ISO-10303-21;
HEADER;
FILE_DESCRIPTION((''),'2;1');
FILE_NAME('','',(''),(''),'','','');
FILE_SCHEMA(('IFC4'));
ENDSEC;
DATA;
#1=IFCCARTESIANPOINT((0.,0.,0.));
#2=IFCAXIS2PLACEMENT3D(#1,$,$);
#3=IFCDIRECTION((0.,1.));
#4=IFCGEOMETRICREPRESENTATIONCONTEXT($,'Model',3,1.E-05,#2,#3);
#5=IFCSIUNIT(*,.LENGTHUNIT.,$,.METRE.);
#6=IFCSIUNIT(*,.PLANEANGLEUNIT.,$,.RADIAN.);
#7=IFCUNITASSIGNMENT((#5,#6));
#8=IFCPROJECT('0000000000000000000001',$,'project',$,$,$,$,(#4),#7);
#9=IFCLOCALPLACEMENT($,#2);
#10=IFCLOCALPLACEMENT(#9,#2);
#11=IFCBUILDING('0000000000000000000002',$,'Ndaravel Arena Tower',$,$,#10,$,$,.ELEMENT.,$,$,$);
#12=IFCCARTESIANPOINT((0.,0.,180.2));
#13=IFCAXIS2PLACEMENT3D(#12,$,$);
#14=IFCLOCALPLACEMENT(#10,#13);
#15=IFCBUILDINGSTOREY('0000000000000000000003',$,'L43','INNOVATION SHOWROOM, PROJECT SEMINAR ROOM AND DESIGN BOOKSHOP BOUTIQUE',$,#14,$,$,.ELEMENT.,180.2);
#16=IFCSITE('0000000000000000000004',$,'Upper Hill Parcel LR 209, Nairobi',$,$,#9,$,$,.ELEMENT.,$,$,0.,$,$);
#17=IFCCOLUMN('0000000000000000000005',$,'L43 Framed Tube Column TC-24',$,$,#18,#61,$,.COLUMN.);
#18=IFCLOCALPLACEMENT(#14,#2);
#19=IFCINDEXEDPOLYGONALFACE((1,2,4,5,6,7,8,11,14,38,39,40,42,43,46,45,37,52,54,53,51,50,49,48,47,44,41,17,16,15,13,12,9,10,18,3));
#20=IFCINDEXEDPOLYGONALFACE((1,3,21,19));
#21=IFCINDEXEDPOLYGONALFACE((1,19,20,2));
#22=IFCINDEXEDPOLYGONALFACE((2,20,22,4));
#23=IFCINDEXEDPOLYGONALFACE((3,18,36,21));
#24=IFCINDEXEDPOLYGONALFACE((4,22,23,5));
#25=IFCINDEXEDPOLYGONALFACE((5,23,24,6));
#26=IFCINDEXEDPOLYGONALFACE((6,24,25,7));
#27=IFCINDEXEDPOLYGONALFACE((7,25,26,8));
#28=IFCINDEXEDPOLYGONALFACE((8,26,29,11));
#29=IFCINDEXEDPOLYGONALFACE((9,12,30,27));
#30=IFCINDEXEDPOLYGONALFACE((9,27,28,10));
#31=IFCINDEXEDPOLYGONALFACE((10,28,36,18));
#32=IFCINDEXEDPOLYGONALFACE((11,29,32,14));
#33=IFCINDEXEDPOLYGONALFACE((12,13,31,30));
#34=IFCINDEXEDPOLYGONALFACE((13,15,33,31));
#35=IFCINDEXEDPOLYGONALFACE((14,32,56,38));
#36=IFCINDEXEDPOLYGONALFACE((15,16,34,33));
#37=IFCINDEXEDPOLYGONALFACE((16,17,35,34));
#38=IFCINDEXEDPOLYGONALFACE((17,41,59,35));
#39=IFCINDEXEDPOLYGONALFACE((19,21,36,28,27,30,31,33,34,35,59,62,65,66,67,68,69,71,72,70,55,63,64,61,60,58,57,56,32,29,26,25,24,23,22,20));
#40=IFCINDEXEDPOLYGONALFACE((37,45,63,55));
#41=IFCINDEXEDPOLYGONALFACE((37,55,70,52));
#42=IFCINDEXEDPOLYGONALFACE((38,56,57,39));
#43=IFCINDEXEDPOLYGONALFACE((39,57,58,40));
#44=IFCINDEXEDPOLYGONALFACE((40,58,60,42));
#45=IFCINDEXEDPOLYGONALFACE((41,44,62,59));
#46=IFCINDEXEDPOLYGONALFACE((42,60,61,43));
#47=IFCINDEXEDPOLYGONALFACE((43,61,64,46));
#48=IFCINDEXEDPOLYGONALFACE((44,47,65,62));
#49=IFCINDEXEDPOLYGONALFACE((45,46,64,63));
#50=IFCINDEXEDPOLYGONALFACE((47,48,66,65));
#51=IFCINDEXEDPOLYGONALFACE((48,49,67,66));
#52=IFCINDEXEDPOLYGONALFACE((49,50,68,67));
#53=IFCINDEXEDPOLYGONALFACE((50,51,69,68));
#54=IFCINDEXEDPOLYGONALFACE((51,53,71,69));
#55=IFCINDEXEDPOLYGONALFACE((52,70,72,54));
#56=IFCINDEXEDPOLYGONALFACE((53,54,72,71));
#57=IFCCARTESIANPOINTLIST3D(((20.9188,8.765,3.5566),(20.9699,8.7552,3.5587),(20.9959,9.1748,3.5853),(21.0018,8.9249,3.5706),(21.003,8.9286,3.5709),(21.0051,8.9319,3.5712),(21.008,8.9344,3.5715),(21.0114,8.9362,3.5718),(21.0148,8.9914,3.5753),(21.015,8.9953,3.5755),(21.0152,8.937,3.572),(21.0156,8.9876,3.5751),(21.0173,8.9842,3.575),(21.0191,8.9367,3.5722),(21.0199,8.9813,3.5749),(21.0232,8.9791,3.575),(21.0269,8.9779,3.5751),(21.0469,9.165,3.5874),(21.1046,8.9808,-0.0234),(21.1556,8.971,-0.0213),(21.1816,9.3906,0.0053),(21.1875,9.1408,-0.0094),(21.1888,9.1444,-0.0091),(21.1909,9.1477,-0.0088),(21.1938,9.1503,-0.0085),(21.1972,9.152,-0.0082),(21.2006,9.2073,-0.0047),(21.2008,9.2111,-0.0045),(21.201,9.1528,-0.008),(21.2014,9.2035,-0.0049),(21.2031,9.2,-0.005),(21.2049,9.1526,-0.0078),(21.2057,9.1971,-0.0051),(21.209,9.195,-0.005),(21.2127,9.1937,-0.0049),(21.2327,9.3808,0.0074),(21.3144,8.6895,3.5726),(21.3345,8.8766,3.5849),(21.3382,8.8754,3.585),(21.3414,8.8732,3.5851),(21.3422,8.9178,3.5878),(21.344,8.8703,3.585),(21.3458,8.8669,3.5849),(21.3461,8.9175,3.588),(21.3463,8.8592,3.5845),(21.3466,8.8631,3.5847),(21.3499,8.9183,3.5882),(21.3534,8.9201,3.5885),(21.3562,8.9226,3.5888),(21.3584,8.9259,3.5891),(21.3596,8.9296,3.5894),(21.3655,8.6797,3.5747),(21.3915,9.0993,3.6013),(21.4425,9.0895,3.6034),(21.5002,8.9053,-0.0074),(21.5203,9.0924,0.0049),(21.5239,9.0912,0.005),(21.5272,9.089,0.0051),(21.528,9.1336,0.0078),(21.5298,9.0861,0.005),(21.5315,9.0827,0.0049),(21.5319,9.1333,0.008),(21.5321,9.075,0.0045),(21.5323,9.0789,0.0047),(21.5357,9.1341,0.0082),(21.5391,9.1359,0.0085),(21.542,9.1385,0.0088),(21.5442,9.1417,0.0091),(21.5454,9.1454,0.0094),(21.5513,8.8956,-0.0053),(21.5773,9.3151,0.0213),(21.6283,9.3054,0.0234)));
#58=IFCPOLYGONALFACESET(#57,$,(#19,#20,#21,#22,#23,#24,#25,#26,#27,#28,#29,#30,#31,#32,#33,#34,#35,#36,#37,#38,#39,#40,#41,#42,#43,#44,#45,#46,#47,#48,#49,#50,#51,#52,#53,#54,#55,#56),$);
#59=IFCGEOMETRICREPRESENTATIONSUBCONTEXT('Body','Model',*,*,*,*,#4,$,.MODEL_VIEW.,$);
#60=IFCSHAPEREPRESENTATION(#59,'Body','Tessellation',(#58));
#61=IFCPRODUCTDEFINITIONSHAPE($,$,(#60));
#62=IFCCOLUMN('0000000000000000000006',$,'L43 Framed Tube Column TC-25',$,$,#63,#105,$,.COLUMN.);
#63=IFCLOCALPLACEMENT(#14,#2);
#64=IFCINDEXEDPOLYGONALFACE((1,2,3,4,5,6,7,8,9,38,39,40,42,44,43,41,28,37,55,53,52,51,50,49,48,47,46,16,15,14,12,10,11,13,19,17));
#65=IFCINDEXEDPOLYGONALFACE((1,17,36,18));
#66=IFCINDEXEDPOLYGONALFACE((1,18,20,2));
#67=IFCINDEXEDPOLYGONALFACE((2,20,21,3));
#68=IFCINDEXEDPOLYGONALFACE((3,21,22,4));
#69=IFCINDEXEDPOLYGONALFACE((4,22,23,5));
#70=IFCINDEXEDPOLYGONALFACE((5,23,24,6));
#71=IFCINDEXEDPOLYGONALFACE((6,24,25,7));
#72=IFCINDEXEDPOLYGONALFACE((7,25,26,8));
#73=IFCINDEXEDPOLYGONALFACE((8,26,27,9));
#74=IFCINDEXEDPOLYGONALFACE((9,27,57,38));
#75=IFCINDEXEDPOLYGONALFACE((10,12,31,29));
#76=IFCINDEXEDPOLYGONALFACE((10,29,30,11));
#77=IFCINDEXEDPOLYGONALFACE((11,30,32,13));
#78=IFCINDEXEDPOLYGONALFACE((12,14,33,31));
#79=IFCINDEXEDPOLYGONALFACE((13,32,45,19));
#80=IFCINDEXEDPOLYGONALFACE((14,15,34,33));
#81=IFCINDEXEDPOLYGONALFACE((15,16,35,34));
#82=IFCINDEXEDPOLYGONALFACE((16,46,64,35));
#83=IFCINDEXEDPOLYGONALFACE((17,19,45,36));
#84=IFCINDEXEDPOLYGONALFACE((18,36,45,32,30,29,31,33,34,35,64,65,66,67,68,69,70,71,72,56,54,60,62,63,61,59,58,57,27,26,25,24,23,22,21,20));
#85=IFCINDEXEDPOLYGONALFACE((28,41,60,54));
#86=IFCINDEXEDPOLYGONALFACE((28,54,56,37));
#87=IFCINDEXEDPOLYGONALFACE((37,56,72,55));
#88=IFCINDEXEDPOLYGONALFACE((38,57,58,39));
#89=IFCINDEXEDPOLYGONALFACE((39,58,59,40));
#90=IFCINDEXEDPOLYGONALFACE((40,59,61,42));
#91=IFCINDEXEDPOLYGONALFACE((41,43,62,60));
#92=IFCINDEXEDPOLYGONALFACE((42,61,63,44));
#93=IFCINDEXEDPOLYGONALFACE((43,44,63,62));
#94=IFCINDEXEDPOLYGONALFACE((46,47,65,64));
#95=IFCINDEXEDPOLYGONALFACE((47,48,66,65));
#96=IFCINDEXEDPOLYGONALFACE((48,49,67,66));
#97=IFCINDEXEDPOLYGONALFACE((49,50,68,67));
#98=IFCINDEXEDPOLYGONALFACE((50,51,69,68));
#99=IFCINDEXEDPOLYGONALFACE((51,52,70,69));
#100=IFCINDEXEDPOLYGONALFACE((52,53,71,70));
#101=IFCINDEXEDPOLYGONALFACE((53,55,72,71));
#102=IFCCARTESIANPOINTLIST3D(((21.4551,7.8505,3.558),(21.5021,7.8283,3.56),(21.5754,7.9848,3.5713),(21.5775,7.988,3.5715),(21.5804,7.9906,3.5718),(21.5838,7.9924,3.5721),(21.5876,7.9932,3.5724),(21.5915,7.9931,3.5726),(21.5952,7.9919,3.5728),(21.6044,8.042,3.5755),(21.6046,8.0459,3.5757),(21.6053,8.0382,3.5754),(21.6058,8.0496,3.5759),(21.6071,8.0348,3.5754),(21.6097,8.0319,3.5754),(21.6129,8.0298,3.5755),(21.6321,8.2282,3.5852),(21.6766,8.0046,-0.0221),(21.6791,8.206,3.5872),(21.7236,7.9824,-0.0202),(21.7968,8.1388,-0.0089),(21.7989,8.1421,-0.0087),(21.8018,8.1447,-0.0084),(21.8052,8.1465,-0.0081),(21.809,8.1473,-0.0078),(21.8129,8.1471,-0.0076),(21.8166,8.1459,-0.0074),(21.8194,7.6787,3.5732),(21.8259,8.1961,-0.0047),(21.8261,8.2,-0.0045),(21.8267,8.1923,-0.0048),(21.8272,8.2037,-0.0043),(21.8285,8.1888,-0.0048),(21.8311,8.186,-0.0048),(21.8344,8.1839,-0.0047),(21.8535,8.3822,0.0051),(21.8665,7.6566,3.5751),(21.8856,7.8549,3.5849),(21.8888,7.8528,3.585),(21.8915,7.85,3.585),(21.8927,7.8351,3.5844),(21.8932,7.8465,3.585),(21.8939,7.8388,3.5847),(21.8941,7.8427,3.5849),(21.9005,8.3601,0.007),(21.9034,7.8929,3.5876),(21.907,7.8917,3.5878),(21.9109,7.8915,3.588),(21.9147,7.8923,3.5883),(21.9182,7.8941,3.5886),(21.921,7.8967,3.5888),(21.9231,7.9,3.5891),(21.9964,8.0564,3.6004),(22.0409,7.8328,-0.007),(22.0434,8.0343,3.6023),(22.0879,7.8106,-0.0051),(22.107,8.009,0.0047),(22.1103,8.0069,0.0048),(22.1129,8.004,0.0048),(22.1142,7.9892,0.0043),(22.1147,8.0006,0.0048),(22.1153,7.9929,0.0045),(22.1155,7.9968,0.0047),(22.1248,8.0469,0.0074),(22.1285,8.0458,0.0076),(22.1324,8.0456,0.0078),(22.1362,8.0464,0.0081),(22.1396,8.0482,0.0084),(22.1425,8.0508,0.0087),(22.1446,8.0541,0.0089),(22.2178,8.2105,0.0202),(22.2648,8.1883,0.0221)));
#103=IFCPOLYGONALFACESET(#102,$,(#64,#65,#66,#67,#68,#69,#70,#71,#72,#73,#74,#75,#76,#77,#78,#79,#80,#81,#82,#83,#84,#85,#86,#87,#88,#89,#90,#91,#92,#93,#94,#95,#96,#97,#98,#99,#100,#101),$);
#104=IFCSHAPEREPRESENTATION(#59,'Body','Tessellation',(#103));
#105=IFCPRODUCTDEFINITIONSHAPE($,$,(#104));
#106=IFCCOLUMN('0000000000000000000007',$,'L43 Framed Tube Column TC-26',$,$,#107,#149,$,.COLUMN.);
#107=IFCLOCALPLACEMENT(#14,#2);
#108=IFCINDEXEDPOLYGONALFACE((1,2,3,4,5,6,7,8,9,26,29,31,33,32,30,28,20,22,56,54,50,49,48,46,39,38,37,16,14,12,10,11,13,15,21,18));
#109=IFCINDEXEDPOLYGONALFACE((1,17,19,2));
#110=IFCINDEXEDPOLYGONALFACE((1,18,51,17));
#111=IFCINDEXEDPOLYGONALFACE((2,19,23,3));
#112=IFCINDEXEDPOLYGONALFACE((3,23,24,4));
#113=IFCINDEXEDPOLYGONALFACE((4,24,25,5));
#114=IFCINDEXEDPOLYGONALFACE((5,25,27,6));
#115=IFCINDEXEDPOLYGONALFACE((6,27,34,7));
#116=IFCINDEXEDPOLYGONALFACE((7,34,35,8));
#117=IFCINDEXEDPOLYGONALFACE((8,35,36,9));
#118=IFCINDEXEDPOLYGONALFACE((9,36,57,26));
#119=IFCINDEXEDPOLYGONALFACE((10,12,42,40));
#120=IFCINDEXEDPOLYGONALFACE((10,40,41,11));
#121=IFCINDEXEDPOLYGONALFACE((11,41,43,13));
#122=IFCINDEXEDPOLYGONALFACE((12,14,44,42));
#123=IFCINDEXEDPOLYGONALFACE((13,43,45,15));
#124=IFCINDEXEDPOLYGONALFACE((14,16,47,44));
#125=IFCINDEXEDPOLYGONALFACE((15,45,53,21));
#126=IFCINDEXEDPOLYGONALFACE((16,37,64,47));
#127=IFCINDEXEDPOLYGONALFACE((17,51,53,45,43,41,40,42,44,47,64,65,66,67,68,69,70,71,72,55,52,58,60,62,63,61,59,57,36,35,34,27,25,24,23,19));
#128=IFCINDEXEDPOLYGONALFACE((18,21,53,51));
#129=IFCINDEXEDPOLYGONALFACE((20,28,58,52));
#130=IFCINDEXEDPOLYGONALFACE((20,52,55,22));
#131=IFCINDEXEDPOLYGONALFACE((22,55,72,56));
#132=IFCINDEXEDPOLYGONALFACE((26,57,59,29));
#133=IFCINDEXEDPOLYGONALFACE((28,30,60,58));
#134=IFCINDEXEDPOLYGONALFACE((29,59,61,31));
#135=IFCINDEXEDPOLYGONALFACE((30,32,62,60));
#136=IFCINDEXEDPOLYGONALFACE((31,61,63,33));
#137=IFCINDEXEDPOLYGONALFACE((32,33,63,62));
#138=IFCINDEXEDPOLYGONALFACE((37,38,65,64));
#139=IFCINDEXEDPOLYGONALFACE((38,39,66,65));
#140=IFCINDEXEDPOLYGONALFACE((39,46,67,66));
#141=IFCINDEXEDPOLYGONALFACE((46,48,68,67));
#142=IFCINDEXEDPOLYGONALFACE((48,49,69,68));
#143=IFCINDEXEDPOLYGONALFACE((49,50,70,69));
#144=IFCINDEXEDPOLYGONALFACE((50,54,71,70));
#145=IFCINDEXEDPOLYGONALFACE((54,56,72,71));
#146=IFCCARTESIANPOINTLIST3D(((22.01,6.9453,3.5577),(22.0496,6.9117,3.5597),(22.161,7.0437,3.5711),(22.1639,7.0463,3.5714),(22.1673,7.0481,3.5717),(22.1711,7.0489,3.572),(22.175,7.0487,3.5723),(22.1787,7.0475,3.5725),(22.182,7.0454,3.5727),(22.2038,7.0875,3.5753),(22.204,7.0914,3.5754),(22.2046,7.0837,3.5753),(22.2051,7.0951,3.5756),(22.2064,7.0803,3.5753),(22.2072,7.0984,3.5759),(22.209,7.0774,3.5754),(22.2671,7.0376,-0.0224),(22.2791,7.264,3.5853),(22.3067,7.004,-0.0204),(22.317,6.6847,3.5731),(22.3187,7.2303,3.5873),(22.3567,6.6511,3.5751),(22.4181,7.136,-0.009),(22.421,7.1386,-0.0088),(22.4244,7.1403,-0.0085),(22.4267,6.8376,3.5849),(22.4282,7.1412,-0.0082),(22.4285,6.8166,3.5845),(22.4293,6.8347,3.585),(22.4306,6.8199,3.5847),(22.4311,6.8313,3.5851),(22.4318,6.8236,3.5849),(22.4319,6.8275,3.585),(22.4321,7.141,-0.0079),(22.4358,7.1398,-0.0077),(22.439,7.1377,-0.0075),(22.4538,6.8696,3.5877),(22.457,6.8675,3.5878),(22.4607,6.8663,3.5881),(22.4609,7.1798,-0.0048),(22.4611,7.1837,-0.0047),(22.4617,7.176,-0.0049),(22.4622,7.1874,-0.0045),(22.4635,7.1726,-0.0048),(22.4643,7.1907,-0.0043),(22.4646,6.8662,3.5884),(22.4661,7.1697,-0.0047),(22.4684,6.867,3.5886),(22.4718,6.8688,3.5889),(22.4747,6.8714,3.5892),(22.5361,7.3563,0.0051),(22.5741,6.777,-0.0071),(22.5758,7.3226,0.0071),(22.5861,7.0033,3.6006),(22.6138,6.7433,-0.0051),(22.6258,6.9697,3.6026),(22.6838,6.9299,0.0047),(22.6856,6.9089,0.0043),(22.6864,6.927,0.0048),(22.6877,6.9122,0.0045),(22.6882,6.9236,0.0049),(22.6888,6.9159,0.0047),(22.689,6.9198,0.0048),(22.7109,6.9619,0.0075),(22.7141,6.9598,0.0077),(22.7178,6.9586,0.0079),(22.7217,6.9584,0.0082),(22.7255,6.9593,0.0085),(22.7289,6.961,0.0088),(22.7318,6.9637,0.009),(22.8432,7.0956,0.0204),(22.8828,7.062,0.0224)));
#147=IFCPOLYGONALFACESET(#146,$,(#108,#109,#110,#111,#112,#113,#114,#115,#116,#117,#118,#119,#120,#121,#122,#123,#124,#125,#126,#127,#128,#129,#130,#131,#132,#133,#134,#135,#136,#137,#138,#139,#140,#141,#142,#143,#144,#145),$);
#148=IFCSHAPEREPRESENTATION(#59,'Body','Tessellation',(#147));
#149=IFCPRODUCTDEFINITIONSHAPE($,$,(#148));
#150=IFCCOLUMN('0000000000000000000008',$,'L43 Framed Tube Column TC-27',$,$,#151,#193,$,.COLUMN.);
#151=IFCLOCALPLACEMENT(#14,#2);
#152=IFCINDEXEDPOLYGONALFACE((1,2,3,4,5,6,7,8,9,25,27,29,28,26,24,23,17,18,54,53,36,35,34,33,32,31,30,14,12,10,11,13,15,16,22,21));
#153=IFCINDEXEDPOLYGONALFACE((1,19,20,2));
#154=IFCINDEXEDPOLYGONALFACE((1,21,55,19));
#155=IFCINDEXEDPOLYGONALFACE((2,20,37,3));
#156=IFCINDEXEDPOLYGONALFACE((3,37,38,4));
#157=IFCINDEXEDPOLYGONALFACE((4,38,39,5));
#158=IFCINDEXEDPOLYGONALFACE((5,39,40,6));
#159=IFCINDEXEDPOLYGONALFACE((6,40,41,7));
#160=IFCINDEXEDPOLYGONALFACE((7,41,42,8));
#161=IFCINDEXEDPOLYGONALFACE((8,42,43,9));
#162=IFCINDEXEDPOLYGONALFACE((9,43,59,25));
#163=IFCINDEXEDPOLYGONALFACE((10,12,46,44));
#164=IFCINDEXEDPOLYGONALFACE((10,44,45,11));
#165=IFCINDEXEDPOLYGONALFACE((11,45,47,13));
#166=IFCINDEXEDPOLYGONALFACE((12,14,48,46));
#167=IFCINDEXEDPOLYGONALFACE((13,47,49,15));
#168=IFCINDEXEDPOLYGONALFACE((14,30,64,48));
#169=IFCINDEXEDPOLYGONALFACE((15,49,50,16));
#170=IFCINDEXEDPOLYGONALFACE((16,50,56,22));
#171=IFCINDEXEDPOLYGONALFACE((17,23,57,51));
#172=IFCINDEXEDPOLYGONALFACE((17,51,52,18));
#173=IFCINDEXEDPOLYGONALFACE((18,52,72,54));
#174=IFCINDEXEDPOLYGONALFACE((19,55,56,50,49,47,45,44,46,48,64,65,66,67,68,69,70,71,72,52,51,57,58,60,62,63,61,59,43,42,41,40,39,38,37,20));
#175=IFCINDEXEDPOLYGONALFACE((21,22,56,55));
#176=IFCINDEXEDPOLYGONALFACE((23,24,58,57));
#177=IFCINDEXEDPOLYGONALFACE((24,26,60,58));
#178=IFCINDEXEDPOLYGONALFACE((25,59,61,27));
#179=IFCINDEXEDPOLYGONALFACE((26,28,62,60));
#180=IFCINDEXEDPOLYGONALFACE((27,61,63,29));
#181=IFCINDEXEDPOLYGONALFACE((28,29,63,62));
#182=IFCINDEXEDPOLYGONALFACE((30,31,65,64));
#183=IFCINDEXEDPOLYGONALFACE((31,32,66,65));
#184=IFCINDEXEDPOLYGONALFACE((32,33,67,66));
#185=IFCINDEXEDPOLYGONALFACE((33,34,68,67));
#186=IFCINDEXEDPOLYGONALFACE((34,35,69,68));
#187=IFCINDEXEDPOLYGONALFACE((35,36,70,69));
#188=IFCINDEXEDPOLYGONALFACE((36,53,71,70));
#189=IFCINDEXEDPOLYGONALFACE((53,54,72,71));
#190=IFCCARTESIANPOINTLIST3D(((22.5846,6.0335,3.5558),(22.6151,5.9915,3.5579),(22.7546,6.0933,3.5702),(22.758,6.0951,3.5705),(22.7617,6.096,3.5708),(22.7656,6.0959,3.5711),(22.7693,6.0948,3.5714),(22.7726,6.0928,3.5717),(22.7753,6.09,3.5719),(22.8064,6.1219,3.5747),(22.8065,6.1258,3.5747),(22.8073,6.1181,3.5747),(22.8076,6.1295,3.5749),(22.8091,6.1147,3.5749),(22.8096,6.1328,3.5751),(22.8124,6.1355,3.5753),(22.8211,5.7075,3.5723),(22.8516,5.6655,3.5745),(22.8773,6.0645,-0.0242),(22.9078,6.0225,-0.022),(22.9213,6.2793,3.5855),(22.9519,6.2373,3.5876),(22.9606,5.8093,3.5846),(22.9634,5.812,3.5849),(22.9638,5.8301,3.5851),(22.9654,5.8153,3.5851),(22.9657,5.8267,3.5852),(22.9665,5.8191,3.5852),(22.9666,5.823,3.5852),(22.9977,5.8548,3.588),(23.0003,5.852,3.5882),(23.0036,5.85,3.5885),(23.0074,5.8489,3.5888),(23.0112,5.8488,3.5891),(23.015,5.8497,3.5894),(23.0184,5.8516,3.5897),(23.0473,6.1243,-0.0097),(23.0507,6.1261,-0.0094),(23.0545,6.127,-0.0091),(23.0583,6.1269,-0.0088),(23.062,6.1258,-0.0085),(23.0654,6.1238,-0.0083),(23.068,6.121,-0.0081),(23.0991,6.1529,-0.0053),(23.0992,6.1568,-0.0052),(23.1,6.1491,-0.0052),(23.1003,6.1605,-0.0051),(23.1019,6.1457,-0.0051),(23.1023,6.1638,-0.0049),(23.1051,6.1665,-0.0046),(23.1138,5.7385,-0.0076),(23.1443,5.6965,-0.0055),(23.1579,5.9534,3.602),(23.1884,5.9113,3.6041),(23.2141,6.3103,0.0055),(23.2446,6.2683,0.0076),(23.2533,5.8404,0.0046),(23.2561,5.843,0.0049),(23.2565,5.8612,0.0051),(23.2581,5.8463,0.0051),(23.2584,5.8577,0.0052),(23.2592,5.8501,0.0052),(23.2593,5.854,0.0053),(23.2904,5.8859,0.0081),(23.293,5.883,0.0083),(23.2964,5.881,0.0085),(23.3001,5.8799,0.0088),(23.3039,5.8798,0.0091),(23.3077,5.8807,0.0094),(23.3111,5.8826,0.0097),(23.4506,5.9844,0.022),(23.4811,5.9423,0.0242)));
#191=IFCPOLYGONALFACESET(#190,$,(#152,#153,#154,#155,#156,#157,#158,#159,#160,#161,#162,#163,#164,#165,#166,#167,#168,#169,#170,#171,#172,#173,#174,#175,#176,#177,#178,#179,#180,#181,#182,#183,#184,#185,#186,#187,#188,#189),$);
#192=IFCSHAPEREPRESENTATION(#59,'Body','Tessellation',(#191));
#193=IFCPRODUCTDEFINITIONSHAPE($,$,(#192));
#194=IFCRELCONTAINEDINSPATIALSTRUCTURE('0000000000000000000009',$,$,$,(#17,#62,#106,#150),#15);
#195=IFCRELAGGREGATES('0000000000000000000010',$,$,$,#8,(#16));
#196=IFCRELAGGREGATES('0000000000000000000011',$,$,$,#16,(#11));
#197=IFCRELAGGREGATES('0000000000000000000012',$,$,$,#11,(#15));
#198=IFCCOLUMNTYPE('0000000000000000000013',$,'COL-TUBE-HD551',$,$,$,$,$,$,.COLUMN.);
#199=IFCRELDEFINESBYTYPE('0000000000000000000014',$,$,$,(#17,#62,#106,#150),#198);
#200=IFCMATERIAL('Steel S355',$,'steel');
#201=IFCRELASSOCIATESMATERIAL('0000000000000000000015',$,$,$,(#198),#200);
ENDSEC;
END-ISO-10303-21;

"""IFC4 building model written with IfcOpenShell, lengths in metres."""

from ifc_helpers import new_model, si_unit, direction, frame, origin, origin_2d, place, context, subcontext, project, spatial, i_section, extrude, material, material_profile, profile_set, type_object, element, save


model = new_model("IFC4")

# Units and contexts
model_context = context("Model", 3, precision=1e-05, world=origin(), true_north=direction((0.0, 1.0)))
body_context = subcontext(model_context, "Body", "Model", "MODEL_VIEW")
ifc_project = project(units=[si_unit("LENGTHUNIT", "METRE"), si_unit("PLANEANGLEUNIT", "RADIAN")], contexts=[model_context])

# Site, building, storey
site_placement = place(None, origin())
site = spatial("IfcSite", under=ifc_project, at=site_placement, Name="Upper Hill Parcel LR 209, Nairobi", CompositionType="ELEMENT", RefElevation=0.0)
building_placement = place(site_placement, origin())
building = spatial("IfcBuilding", under=site, at=building_placement, Name="Ndaravel Arena Tower", CompositionType="ELEMENT")
storey_placement = place(building_placement, frame((0.0, 0.0, 180.2)))
storey = spatial("IfcBuildingStorey", under=building, at=storey_placement, Name="L43", Description="INNOVATION SHOWROOM, PROJECT SEMINAR ROOM AND DESIGN BOOKSHOP BOUTIQUE", CompositionType="ELEMENT", Elevation=180.2)

# Columns
ifc_material_1 = material(Name="Steel S355", Category="steel")
ifc_material_profile_1 = material_profile(ifc_material_1, i_section(OverallWidth=0.418, OverallDepth=0.4551, WebThickness=0.042, FlangeThickness=0.052, FilletRadius=0.0149, at=origin_2d()), Name="HD 400x551")
ifc_profile_set_1 = profile_set([ifc_material_profile_1], Name="Steel S355")
column_type = type_object("IfcColumnType", Name="COL-TUBE-HD551", PredefinedType="COLUMN", material=ifc_profile_set_1)
column_1_placement = place(storey_placement, frame((21.3665, 9.1431, 0.0), z_axis=(-0.051732, -0.060094, 0.996851), x_axis=(0.184296, 0.980469, 0.06867)))
element("IfcColumn", 1, at=column_1_placement, inside=storey, type_object=column_type, Name="L43 Framed Tube Column TC-24", PredefinedType="COLUMN", context=body_context, shape_type="SweptSolid", body=[
    extrude(i_section(OverallWidth=0.418, OverallDepth=0.4551, WebThickness=0.042, FlangeThickness=0.052, FilletRadius=0.0149, at=origin_2d()), origin(), (0.0, 0.0, 1.0), 3.5913),
])
column_2_placement = place(storey_placement, frame((21.9707, 8.0964, 0.0), z_axis=(-0.061677, -0.042909, 0.997173), x_axis=(0.423354, 0.903625, 0.065069)))
element("IfcColumn", 2, at=column_2_placement, inside=storey, type_object=column_type, Name="L43 Framed Tube Column TC-25", PredefinedType="COLUMN", context=body_context, shape_type="SweptSolid", body=[
    extrude(i_section(OverallWidth=0.418, OverallDepth=0.4551, WebThickness=0.042, FlangeThickness=0.052, FilletRadius=0.0149, at=origin_2d()), origin(), (0.0, 0.0, 1.0), 3.5903),
])
column_3_placement = place(storey_placement, frame((22.575, 7.0498, 0.0), z_axis=(-0.0716, -0.025703, 0.997102), x_axis=(0.643804, 0.762349, 0.065882)))
element("IfcColumn", 3, at=column_3_placement, inside=storey, type_object=column_type, Name="L43 Framed Tube Column TC-26", PredefinedType="COLUMN", context=body_context, shape_type="SweptSolid", body=[
    extrude(i_section(OverallWidth=0.418, OverallDepth=0.4551, WebThickness=0.042, FlangeThickness=0.052, FilletRadius=0.0149, at=origin_2d()), origin(), (0.0, 0.0, 1.0), 3.5906),
])
column_4_placement = place(storey_placement, frame((23.1792, 6.0034, 0.0), z_axis=(-0.08149, -0.008632, 0.996637), x_axis=(0.805645, 0.588132, 0.070967)))
element("IfcColumn", 4, at=column_4_placement, inside=storey, type_object=column_type, Name="L43 Framed Tube Column TC-27", PredefinedType="COLUMN", context=body_context, shape_type="SweptSolid", body=[
    extrude(i_section(OverallWidth=0.418, OverallDepth=0.4551, WebThickness=0.042, FlangeThickness=0.052, FilletRadius=0.0149, at=origin_2d()), origin(), (0.0, 0.0, 1.0), 3.592),
])

save(model, "model.ifc")
